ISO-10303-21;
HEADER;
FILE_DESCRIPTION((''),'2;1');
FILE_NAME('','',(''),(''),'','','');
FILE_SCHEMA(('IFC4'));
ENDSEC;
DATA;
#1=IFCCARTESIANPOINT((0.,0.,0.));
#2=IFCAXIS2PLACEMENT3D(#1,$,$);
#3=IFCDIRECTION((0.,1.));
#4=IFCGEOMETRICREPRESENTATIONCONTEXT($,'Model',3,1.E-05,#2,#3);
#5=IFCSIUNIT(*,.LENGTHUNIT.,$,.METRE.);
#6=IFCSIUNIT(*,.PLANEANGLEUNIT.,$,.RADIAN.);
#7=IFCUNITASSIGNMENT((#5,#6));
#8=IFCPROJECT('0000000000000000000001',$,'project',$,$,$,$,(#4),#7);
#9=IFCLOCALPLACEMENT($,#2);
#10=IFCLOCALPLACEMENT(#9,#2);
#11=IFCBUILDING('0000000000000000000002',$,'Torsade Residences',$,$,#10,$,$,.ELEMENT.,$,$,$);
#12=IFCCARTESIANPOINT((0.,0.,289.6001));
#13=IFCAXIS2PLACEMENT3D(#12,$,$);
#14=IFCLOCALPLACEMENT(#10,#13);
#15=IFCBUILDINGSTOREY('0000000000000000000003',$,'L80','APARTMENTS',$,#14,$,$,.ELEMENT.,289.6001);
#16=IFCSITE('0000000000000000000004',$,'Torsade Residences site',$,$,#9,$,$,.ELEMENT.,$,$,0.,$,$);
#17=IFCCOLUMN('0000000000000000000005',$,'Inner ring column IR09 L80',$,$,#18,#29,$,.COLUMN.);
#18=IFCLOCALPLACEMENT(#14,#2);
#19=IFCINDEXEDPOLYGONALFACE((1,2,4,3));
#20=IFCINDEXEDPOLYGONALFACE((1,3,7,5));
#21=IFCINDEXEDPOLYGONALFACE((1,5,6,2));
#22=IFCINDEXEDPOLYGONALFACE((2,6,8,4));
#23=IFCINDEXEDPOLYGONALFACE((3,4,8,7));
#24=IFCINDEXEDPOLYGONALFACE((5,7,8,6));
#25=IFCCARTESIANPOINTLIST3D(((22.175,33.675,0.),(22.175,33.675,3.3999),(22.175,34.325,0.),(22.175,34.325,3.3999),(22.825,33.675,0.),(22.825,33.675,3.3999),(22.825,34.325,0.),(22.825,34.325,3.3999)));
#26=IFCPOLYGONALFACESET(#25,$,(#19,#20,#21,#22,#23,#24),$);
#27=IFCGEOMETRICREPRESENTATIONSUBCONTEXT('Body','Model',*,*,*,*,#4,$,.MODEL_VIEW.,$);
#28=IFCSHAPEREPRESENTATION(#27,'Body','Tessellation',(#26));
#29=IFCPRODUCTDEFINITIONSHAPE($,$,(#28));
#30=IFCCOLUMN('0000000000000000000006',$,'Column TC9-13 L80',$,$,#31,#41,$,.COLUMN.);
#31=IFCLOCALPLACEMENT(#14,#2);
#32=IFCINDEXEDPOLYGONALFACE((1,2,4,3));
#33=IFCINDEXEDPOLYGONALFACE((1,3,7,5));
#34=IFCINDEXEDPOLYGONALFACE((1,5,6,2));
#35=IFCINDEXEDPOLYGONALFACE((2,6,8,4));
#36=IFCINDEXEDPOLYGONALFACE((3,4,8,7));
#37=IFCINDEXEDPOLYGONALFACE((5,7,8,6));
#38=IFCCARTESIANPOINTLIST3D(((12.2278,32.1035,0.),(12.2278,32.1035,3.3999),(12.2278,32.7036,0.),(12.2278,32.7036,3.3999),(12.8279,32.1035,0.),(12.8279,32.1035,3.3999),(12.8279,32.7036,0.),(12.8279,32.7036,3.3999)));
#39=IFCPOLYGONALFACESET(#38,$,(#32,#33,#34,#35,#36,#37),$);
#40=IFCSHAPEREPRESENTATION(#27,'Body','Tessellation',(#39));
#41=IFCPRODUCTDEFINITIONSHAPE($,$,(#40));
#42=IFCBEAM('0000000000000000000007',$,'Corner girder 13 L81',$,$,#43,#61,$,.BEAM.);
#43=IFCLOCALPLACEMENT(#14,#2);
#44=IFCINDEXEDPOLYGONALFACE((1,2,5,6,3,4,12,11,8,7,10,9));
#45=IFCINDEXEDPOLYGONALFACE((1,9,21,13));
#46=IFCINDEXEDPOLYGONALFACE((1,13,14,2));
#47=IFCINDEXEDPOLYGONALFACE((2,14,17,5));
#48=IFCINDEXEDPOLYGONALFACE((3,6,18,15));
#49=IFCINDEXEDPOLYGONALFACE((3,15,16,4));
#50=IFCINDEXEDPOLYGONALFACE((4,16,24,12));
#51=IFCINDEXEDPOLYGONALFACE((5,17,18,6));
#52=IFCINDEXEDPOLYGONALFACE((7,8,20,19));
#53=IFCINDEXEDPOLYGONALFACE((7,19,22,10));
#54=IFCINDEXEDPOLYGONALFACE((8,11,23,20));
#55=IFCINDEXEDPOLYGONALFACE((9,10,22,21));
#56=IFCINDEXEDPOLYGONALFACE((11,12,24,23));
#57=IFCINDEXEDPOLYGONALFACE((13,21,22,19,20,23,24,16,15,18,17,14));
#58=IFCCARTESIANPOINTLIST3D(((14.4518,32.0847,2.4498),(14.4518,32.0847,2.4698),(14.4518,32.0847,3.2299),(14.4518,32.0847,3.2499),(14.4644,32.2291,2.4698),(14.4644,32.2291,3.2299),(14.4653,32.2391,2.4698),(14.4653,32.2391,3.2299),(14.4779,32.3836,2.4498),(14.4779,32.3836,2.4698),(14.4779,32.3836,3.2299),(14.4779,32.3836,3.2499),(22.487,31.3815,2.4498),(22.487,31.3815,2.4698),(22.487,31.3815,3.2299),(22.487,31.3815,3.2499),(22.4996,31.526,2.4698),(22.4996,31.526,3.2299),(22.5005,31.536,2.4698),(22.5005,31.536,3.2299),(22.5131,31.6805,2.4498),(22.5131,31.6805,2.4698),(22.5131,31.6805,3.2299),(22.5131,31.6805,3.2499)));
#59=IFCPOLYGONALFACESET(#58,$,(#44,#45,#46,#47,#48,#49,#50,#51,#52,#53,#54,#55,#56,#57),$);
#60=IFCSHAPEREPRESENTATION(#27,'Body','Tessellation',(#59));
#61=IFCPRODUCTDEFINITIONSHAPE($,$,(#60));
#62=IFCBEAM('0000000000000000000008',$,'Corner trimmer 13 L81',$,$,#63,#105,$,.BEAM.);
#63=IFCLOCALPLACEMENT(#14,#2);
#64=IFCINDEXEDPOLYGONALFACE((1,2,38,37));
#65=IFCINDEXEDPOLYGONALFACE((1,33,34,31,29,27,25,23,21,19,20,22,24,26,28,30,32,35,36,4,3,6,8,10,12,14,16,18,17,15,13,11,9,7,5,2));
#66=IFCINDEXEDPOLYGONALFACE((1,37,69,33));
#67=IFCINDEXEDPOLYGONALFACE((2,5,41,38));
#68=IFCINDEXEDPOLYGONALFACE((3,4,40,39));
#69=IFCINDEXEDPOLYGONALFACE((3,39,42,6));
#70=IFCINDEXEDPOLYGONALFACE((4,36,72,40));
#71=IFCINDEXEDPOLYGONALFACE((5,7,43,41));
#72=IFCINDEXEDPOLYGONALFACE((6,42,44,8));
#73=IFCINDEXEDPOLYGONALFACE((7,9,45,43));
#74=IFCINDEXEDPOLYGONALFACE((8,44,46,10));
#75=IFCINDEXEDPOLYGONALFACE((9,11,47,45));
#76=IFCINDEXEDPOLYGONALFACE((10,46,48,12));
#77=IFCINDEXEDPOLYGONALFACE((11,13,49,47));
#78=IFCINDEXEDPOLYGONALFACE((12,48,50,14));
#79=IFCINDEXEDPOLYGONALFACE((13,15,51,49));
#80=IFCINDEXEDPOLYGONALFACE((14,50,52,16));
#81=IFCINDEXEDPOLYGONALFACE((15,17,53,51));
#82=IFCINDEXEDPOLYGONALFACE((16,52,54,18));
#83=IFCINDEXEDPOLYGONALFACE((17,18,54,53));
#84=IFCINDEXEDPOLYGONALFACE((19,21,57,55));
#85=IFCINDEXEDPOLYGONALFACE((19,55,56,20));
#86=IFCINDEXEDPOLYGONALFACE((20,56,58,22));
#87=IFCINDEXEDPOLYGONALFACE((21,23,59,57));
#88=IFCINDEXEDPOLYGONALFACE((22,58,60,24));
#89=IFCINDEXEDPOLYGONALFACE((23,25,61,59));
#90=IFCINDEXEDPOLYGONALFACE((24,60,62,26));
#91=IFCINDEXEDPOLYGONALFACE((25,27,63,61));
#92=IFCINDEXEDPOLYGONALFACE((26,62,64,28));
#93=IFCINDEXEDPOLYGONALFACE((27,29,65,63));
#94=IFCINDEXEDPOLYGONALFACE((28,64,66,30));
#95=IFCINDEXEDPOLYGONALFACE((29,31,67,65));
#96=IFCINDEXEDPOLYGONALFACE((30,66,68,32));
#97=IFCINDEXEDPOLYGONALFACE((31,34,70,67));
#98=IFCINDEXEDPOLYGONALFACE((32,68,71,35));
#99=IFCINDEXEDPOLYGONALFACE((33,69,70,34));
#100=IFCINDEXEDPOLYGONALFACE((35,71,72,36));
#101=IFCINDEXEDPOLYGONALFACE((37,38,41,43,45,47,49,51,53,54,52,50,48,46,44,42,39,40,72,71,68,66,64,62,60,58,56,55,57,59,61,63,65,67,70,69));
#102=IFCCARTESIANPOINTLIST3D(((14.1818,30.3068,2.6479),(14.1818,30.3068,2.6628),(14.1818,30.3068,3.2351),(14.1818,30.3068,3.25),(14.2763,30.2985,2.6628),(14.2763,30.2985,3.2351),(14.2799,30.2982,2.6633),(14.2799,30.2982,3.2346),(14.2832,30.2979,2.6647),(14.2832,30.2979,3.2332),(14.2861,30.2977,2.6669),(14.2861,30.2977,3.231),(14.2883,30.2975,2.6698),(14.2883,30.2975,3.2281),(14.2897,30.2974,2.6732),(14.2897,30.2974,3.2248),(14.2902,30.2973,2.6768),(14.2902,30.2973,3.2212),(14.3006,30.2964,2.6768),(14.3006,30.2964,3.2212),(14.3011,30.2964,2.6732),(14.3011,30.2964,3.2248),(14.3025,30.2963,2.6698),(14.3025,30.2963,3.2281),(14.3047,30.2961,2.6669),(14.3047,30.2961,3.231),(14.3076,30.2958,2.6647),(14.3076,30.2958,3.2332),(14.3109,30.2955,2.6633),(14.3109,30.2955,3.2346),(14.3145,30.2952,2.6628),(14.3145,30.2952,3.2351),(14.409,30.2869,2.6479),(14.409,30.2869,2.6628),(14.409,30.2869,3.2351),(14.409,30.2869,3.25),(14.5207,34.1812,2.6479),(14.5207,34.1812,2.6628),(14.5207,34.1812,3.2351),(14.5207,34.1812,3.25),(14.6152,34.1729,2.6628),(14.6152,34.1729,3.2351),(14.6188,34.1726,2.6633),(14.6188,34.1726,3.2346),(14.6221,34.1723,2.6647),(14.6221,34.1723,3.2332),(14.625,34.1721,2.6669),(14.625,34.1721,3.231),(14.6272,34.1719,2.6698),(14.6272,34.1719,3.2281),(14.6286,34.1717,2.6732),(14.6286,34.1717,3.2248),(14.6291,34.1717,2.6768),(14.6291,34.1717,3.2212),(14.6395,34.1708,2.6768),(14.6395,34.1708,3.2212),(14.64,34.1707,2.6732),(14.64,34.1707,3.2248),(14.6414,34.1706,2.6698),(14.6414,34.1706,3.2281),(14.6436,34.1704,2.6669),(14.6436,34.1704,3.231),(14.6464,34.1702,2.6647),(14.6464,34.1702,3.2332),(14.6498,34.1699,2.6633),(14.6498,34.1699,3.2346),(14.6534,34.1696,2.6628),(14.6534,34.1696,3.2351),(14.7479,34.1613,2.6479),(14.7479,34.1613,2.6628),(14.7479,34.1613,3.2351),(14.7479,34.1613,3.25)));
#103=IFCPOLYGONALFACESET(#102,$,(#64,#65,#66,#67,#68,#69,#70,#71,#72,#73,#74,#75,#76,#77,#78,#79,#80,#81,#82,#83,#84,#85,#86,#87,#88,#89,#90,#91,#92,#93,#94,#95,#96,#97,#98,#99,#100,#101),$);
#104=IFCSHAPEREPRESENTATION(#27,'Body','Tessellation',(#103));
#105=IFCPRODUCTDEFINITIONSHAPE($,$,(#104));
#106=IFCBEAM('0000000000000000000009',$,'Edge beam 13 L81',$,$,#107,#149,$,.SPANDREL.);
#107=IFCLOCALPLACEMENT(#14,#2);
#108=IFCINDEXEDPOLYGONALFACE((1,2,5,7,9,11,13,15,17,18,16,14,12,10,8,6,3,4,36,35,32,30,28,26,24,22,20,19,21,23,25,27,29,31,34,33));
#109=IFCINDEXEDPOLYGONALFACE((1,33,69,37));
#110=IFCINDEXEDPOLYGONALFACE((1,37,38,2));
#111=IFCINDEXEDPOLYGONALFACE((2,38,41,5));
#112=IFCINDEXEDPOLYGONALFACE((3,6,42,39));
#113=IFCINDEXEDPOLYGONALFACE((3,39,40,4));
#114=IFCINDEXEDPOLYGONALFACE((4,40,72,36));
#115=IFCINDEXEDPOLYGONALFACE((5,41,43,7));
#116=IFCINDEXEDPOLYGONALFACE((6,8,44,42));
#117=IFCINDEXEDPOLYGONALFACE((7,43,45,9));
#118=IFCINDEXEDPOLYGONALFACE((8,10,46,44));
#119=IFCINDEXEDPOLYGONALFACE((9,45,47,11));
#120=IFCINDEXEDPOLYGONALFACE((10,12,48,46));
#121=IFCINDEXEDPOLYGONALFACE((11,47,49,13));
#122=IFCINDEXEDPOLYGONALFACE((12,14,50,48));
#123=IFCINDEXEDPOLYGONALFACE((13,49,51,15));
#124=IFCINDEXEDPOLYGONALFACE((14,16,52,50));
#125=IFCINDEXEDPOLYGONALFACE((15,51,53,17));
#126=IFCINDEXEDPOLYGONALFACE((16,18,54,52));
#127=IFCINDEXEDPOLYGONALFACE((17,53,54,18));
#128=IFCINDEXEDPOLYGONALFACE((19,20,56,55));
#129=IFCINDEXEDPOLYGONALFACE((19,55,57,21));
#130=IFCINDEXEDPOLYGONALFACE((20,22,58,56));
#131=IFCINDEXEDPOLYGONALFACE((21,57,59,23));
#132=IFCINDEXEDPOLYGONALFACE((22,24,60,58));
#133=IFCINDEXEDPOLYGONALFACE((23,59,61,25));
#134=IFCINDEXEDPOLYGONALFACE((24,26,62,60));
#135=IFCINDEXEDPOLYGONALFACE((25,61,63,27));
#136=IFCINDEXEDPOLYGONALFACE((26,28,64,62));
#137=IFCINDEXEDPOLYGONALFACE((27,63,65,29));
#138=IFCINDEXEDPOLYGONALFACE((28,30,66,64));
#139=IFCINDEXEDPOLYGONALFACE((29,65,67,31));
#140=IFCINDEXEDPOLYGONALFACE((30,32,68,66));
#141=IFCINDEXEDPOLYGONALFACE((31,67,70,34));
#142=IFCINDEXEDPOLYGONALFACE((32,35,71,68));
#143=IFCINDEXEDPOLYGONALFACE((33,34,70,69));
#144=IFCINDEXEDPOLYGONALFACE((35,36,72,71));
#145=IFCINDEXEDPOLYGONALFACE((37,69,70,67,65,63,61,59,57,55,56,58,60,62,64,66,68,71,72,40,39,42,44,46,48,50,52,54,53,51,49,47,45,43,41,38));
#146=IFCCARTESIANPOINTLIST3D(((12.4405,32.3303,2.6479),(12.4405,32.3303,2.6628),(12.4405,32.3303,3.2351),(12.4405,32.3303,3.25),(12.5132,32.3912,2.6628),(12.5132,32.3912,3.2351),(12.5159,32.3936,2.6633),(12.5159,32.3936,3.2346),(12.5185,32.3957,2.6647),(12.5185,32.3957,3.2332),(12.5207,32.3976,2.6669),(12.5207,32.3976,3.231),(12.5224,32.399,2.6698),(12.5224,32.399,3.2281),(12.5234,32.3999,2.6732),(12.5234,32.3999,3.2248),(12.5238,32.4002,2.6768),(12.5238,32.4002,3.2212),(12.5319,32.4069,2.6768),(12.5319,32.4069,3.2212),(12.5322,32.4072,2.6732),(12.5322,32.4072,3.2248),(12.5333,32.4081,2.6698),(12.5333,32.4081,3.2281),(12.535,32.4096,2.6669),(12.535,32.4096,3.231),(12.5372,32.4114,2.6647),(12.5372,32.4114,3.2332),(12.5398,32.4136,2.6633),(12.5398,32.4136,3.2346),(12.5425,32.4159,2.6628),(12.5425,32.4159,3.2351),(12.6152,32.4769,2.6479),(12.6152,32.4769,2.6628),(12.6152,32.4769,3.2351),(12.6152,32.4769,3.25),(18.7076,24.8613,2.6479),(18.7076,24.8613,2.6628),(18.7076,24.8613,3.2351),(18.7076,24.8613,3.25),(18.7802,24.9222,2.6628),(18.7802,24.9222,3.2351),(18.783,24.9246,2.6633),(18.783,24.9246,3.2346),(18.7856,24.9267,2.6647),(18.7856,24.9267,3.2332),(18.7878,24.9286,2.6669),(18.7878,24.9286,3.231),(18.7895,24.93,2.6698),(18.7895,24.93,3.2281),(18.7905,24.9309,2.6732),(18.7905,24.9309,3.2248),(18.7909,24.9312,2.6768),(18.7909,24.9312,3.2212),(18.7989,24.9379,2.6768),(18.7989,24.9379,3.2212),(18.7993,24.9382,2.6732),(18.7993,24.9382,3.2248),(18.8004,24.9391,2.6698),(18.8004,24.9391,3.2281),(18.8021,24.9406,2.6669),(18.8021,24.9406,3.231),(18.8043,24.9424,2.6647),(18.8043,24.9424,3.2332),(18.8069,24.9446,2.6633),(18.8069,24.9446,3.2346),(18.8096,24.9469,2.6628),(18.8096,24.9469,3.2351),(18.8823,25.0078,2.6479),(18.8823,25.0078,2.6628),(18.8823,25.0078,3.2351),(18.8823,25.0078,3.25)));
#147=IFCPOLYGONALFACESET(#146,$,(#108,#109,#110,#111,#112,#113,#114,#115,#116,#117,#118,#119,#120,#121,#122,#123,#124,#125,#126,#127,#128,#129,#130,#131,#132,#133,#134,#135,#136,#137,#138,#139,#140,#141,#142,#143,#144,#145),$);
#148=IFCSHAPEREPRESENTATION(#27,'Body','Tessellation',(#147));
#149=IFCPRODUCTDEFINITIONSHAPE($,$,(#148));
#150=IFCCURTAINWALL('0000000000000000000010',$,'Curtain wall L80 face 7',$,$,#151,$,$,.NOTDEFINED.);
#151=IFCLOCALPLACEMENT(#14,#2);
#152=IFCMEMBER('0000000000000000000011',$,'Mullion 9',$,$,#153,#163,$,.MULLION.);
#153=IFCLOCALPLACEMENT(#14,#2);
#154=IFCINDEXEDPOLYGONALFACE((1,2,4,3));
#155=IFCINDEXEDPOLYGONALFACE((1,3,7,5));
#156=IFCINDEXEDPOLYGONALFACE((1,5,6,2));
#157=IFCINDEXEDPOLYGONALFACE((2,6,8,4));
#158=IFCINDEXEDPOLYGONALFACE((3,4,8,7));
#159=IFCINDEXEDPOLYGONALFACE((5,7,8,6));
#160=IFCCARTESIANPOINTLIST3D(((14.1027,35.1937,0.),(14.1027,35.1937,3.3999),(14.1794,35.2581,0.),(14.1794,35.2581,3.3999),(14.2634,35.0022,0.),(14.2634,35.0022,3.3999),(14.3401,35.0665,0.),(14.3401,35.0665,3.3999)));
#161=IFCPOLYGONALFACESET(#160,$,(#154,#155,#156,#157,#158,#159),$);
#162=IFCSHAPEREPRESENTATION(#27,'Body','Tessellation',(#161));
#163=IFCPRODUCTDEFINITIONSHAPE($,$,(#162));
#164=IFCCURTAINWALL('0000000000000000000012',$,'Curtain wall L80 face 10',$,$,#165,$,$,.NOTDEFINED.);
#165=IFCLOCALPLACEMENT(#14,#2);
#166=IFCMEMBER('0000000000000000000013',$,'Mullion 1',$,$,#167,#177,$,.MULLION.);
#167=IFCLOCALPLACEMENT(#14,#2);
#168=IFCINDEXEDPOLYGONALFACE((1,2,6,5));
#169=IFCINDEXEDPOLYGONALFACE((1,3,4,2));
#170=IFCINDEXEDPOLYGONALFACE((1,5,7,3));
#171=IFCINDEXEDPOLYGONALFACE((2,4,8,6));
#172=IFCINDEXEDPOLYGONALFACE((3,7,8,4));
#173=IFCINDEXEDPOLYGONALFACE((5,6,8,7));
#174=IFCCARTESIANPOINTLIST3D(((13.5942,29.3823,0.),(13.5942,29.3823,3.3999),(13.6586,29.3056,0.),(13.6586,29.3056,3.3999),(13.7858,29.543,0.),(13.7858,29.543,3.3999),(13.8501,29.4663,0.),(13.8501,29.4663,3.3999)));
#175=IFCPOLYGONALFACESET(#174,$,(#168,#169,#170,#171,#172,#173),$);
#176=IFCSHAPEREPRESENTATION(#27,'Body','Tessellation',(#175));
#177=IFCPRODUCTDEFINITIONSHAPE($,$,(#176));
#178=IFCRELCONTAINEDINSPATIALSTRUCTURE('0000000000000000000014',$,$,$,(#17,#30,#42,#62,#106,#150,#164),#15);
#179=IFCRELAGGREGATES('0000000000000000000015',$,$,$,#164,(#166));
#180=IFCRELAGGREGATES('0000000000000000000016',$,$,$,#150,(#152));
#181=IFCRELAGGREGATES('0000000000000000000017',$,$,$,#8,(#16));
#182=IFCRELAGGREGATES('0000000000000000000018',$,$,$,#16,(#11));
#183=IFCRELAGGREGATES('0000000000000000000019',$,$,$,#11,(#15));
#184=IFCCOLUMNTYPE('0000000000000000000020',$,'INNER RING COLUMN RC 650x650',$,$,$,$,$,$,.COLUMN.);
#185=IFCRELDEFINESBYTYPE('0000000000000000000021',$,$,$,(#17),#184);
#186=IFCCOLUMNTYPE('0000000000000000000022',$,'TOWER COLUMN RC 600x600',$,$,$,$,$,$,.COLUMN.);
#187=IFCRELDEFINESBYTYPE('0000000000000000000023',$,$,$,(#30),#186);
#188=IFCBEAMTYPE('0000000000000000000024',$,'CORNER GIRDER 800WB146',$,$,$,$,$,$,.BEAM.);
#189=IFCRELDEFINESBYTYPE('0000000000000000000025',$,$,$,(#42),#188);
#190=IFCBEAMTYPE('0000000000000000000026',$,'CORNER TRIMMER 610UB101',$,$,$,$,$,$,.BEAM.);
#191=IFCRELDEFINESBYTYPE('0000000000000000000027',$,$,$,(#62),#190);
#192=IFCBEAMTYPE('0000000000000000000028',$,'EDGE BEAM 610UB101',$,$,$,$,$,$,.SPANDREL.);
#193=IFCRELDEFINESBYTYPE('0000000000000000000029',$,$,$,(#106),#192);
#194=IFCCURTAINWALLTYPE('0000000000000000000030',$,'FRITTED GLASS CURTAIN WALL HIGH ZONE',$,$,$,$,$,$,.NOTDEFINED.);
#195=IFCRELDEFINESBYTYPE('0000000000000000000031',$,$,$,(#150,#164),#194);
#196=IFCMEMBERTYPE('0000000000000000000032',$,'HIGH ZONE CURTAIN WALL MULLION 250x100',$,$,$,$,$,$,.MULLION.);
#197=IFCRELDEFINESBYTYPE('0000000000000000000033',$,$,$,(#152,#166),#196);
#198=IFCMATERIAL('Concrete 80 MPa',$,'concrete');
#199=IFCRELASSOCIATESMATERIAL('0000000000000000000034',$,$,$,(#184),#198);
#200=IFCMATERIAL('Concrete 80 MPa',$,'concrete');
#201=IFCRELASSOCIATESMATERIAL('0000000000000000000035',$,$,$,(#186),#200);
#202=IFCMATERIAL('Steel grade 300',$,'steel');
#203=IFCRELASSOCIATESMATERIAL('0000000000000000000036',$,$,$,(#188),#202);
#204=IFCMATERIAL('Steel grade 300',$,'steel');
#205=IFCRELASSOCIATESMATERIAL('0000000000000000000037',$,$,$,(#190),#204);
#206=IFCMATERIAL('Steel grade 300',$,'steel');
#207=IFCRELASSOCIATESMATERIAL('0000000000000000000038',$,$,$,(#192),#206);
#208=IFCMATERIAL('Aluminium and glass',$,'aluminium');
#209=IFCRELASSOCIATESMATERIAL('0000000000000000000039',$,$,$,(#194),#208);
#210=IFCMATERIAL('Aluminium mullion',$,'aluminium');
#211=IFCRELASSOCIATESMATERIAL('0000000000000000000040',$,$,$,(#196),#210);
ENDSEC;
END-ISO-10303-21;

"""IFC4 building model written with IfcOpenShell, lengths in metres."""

from ifc_helpers import new_model, si_unit, direction, frame, origin, origin_2d, place, context, subcontext, project, spatial, rectangle, i_section, extrude, material, material_profile, profile_set, type_object, element, aggregate, save


model = new_model("IFC4")

# Units and contexts
model_context = context("Model", 3, precision=1e-05, world=origin(), true_north=direction((0.0, 1.0)))
body_context = subcontext(model_context, "Body", "Model", "MODEL_VIEW")
ifc_project = project(units=[si_unit("LENGTHUNIT", "METRE"), si_unit("PLANEANGLEUNIT", "RADIAN")], contexts=[model_context])

# Site, building, storey
site_placement = place(None, origin())
site = spatial("IfcSite", under=ifc_project, at=site_placement, Name="Torsade Residences site", CompositionType="ELEMENT", RefElevation=0.0)
building_placement = place(site_placement, origin())
building = spatial("IfcBuilding", under=site, at=building_placement, Name="Torsade Residences", CompositionType="ELEMENT")
storey_placement = place(building_placement, frame((0.0, 0.0, 289.6001)))
storey = spatial("IfcBuildingStorey", under=building, at=storey_placement, Name="L80", Description="APARTMENTS", CompositionType="ELEMENT", Elevation=289.6001)

# Columns
ifc_material_1 = material(Name="Concrete 80 MPa", Category="concrete")
ifc_material_profile_1 = material_profile(ifc_material_1, rectangle(XDim=0.6499, YDim=0.6499, at=origin_2d()), Name="RC 650x650")
ifc_profile_set_1 = profile_set([ifc_material_profile_1], Name="Concrete 80 MPa")
column_type_1 = type_object("IfcColumnType", Name="INNER RING COLUMN RC 650x650", PredefinedType="COLUMN", material=ifc_profile_set_1)
column_1_placement = place(storey_placement, frame((22.5, 34.0, 0.0), z_axis=(0.0, 0.0, 1.0), x_axis=(1.0, 0.0, 0.0)))
element("IfcColumn", 1, at=column_1_placement, inside=storey, type_object=column_type_1, Name="Inner ring column IR09 L80", PredefinedType="COLUMN", context=body_context, shape_type="SweptSolid", body=[
    extrude(rectangle(XDim=0.6499, YDim=0.6499, at=origin_2d()), origin(), (0.0, 0.0, 1.0), 3.3999),
])
ifc_material_2 = material(Name="Concrete 80 MPa", Category="concrete")
ifc_material_profile_2 = material_profile(ifc_material_2, rectangle(XDim=0.6001, YDim=0.6001, at=origin_2d()), Name="RC 600x600")
ifc_profile_set_2 = profile_set([ifc_material_profile_2], Name="Concrete 80 MPa")
column_type_2 = type_object("IfcColumnType", Name="TOWER COLUMN RC 600x600", PredefinedType="COLUMN", material=ifc_profile_set_2)
column_2_placement = place(storey_placement, frame((12.5278, 32.4036, 0.0), z_axis=(0.0, 0.0, 1.0), x_axis=(1.0, 0.0, 0.0)))
element("IfcColumn", 2, at=column_2_placement, inside=storey, type_object=column_type_2, Name="Column TC9-13 L80", PredefinedType="COLUMN", context=body_context, shape_type="SweptSolid", body=[
    extrude(rectangle(XDim=0.6001, YDim=0.6001, at=origin_2d()), origin(), (0.0, 0.0, 1.0), 3.3999),
])

# Beams
ifc_material_3 = material(Name="Steel grade 300", Category="steel")
ifc_material_profile_3 = material_profile(ifc_material_3, i_section(OverallWidth=0.3, OverallDepth=0.8, WebThickness=0.01, FlangeThickness=0.02, at=origin_2d()), Name="800WB146")
ifc_profile_set_3 = profile_set([ifc_material_profile_3], Name="Steel grade 300")
beam_type_1 = type_object("IfcBeamType", Name="CORNER GIRDER 800WB146", PredefinedType="BEAM", material=ifc_profile_set_3)
beam_1_placement = place(storey_placement, frame((14.4648, 32.2341, 2.8499), z_axis=(0.996193, -0.087173, 0.0), x_axis=(0.087173, 0.996193, 0.0)))
element("IfcBeam", 3, at=beam_1_placement, inside=storey, type_object=beam_type_1, Name="Corner girder 13 L81", PredefinedType="BEAM", context=body_context, shape_type="SweptSolid", body=[
    extrude(i_section(OverallWidth=0.3, OverallDepth=0.8, WebThickness=0.01, FlangeThickness=0.02, at=origin_2d()), origin(), (0.0, 0.0, 1.0), 8.0659),
])
ifc_material_4 = material(Name="Steel grade 300", Category="steel")
ifc_material_profile_4 = material_profile(ifc_material_4, i_section(OverallWidth=0.228, OverallDepth=0.6021, WebThickness=0.0105, FlangeThickness=0.0149, FilletRadius=0.0139, at=origin_2d()), Name="610UB101")
ifc_profile_set_4 = profile_set([ifc_material_profile_4], Name="Steel grade 300")
beam_type_2 = type_object("IfcBeamType", Name="CORNER TRIMMER 610UB101", PredefinedType="BEAM", material=ifc_profile_set_4)
beam_2_placement = place(storey_placement, frame((14.2954, 30.2969, 2.949), z_axis=(0.087133, 0.996197, 0.0), x_axis=(-0.996197, 0.087133, 0.0)))
element("IfcBeam", 4, at=beam_2_placement, inside=storey, type_object=beam_type_2, Name="Corner trimmer 13 L81", PredefinedType="BEAM", context=body_context, shape_type="SweptSolid", body=[
    extrude(i_section(OverallWidth=0.228, OverallDepth=0.6021, WebThickness=0.0105, FlangeThickness=0.0149, FilletRadius=0.0139, at=origin_2d()), origin(), (0.0, 0.0, 1.0), 3.8892),
])
ifc_material_5 = material(Name="Steel grade 300", Category="steel")
ifc_material_profile_5 = material_profile(ifc_material_5, i_section(OverallWidth=0.228, OverallDepth=0.6021, WebThickness=0.0105, FlangeThickness=0.0149, FilletRadius=0.0139, at=origin_2d()), Name="610UB101")
ifc_profile_set_5 = profile_set([ifc_material_profile_5], Name="Steel grade 300")
beam_type_3 = type_object("IfcBeamType", Name="EDGE BEAM 610UB101", PredefinedType="SPANDREL", material=ifc_profile_set_5)
beam_3_placement = place(storey_placement, frame((12.5278, 32.4036, 2.949), z_axis=(0.642779, -0.766052, 0.0), x_axis=(0.766052, 0.642779, 0.0)))
element("IfcBeam", 5, at=beam_3_placement, inside=storey, type_object=beam_type_3, Name="Edge beam 13 L81", PredefinedType="SPANDREL", context=body_context, shape_type="SweptSolid", body=[
    extrude(i_section(OverallWidth=0.228, OverallDepth=0.6021, WebThickness=0.0105, FlangeThickness=0.0149, FilletRadius=0.0139, at=origin_2d()), origin(), (0.0, 0.0, 1.0), 9.75),
])

# Curtain wall, member
ifc_material_6 = material(Name="Aluminium and glass", Category="aluminium")
curtain_wall_type = type_object("IfcCurtainWallType", Name="FRITTED GLASS CURTAIN WALL HIGH ZONE", PredefinedType="NOTDEFINED", material=ifc_material_6)
curtain_wall_1_placement = place(storey_placement, origin())
curtain_wall_1 = element("IfcCurtainWall", 6, at=curtain_wall_1_placement, inside=storey, type_object=curtain_wall_type, Name="Curtain wall L80 face 7", PredefinedType="NOTDEFINED")
ifc_material_7 = material(Name="Aluminium mullion", Category="aluminium")
ifc_material_profile_6 = material_profile(ifc_material_7, rectangle(XDim=0.25, YDim=0.1001, at=origin_2d()), Name="HIGH ZONE CURTAIN WALL MULLION 250x100")
ifc_profile_set_6 = profile_set([ifc_material_profile_6], Name="Aluminium mullion")
member_type_1 = type_object("IfcMemberType", Name="HIGH ZONE CURTAIN WALL MULLION 250x100", PredefinedType="MULLION", material=ifc_profile_set_6)
member_1_placement = place(storey_placement, frame((14.2214, 35.1301, 0.0), z_axis=(0.0, 0.0, 1.0), x_axis=(0.642788, -0.766044, 0.0)))
member_1 = element("IfcMember", 7, at=member_1_placement, type_object=member_type_1, Name="Mullion 9", PredefinedType="MULLION", context=body_context, shape_type="SweptSolid", body=[
    extrude(rectangle(XDim=0.25, YDim=0.1001, at=origin_2d()), origin(), (0.0, 0.0, 1.0), 3.3999),
])

# Curtain wall, member
curtain_wall_2_placement = place(storey_placement, origin())
curtain_wall_2 = element("IfcCurtainWall", 8, at=curtain_wall_2_placement, inside=storey, type_object=curtain_wall_type, Name="Curtain wall L80 face 10", PredefinedType="NOTDEFINED")
member_2_placement = place(storey_placement, frame((13.7222, 29.4243, 0.0), z_axis=(0.0, 0.0, 1.0), x_axis=(0.766044, 0.642788, 0.0)))
member_2 = element("IfcMember", 9, at=member_2_placement, type_object=member_type_1, Name="Mullion 1", PredefinedType="MULLION", context=body_context, shape_type="SweptSolid", body=[
    extrude(rectangle(XDim=0.25, YDim=0.1001, at=origin_2d()), origin(), (0.0, 0.0, 1.0), 3.3999),
])
aggregate(curtain_wall_2, [member_2])

aggregate(curtain_wall_1, [member_1])

save(model, "model.ifc")
